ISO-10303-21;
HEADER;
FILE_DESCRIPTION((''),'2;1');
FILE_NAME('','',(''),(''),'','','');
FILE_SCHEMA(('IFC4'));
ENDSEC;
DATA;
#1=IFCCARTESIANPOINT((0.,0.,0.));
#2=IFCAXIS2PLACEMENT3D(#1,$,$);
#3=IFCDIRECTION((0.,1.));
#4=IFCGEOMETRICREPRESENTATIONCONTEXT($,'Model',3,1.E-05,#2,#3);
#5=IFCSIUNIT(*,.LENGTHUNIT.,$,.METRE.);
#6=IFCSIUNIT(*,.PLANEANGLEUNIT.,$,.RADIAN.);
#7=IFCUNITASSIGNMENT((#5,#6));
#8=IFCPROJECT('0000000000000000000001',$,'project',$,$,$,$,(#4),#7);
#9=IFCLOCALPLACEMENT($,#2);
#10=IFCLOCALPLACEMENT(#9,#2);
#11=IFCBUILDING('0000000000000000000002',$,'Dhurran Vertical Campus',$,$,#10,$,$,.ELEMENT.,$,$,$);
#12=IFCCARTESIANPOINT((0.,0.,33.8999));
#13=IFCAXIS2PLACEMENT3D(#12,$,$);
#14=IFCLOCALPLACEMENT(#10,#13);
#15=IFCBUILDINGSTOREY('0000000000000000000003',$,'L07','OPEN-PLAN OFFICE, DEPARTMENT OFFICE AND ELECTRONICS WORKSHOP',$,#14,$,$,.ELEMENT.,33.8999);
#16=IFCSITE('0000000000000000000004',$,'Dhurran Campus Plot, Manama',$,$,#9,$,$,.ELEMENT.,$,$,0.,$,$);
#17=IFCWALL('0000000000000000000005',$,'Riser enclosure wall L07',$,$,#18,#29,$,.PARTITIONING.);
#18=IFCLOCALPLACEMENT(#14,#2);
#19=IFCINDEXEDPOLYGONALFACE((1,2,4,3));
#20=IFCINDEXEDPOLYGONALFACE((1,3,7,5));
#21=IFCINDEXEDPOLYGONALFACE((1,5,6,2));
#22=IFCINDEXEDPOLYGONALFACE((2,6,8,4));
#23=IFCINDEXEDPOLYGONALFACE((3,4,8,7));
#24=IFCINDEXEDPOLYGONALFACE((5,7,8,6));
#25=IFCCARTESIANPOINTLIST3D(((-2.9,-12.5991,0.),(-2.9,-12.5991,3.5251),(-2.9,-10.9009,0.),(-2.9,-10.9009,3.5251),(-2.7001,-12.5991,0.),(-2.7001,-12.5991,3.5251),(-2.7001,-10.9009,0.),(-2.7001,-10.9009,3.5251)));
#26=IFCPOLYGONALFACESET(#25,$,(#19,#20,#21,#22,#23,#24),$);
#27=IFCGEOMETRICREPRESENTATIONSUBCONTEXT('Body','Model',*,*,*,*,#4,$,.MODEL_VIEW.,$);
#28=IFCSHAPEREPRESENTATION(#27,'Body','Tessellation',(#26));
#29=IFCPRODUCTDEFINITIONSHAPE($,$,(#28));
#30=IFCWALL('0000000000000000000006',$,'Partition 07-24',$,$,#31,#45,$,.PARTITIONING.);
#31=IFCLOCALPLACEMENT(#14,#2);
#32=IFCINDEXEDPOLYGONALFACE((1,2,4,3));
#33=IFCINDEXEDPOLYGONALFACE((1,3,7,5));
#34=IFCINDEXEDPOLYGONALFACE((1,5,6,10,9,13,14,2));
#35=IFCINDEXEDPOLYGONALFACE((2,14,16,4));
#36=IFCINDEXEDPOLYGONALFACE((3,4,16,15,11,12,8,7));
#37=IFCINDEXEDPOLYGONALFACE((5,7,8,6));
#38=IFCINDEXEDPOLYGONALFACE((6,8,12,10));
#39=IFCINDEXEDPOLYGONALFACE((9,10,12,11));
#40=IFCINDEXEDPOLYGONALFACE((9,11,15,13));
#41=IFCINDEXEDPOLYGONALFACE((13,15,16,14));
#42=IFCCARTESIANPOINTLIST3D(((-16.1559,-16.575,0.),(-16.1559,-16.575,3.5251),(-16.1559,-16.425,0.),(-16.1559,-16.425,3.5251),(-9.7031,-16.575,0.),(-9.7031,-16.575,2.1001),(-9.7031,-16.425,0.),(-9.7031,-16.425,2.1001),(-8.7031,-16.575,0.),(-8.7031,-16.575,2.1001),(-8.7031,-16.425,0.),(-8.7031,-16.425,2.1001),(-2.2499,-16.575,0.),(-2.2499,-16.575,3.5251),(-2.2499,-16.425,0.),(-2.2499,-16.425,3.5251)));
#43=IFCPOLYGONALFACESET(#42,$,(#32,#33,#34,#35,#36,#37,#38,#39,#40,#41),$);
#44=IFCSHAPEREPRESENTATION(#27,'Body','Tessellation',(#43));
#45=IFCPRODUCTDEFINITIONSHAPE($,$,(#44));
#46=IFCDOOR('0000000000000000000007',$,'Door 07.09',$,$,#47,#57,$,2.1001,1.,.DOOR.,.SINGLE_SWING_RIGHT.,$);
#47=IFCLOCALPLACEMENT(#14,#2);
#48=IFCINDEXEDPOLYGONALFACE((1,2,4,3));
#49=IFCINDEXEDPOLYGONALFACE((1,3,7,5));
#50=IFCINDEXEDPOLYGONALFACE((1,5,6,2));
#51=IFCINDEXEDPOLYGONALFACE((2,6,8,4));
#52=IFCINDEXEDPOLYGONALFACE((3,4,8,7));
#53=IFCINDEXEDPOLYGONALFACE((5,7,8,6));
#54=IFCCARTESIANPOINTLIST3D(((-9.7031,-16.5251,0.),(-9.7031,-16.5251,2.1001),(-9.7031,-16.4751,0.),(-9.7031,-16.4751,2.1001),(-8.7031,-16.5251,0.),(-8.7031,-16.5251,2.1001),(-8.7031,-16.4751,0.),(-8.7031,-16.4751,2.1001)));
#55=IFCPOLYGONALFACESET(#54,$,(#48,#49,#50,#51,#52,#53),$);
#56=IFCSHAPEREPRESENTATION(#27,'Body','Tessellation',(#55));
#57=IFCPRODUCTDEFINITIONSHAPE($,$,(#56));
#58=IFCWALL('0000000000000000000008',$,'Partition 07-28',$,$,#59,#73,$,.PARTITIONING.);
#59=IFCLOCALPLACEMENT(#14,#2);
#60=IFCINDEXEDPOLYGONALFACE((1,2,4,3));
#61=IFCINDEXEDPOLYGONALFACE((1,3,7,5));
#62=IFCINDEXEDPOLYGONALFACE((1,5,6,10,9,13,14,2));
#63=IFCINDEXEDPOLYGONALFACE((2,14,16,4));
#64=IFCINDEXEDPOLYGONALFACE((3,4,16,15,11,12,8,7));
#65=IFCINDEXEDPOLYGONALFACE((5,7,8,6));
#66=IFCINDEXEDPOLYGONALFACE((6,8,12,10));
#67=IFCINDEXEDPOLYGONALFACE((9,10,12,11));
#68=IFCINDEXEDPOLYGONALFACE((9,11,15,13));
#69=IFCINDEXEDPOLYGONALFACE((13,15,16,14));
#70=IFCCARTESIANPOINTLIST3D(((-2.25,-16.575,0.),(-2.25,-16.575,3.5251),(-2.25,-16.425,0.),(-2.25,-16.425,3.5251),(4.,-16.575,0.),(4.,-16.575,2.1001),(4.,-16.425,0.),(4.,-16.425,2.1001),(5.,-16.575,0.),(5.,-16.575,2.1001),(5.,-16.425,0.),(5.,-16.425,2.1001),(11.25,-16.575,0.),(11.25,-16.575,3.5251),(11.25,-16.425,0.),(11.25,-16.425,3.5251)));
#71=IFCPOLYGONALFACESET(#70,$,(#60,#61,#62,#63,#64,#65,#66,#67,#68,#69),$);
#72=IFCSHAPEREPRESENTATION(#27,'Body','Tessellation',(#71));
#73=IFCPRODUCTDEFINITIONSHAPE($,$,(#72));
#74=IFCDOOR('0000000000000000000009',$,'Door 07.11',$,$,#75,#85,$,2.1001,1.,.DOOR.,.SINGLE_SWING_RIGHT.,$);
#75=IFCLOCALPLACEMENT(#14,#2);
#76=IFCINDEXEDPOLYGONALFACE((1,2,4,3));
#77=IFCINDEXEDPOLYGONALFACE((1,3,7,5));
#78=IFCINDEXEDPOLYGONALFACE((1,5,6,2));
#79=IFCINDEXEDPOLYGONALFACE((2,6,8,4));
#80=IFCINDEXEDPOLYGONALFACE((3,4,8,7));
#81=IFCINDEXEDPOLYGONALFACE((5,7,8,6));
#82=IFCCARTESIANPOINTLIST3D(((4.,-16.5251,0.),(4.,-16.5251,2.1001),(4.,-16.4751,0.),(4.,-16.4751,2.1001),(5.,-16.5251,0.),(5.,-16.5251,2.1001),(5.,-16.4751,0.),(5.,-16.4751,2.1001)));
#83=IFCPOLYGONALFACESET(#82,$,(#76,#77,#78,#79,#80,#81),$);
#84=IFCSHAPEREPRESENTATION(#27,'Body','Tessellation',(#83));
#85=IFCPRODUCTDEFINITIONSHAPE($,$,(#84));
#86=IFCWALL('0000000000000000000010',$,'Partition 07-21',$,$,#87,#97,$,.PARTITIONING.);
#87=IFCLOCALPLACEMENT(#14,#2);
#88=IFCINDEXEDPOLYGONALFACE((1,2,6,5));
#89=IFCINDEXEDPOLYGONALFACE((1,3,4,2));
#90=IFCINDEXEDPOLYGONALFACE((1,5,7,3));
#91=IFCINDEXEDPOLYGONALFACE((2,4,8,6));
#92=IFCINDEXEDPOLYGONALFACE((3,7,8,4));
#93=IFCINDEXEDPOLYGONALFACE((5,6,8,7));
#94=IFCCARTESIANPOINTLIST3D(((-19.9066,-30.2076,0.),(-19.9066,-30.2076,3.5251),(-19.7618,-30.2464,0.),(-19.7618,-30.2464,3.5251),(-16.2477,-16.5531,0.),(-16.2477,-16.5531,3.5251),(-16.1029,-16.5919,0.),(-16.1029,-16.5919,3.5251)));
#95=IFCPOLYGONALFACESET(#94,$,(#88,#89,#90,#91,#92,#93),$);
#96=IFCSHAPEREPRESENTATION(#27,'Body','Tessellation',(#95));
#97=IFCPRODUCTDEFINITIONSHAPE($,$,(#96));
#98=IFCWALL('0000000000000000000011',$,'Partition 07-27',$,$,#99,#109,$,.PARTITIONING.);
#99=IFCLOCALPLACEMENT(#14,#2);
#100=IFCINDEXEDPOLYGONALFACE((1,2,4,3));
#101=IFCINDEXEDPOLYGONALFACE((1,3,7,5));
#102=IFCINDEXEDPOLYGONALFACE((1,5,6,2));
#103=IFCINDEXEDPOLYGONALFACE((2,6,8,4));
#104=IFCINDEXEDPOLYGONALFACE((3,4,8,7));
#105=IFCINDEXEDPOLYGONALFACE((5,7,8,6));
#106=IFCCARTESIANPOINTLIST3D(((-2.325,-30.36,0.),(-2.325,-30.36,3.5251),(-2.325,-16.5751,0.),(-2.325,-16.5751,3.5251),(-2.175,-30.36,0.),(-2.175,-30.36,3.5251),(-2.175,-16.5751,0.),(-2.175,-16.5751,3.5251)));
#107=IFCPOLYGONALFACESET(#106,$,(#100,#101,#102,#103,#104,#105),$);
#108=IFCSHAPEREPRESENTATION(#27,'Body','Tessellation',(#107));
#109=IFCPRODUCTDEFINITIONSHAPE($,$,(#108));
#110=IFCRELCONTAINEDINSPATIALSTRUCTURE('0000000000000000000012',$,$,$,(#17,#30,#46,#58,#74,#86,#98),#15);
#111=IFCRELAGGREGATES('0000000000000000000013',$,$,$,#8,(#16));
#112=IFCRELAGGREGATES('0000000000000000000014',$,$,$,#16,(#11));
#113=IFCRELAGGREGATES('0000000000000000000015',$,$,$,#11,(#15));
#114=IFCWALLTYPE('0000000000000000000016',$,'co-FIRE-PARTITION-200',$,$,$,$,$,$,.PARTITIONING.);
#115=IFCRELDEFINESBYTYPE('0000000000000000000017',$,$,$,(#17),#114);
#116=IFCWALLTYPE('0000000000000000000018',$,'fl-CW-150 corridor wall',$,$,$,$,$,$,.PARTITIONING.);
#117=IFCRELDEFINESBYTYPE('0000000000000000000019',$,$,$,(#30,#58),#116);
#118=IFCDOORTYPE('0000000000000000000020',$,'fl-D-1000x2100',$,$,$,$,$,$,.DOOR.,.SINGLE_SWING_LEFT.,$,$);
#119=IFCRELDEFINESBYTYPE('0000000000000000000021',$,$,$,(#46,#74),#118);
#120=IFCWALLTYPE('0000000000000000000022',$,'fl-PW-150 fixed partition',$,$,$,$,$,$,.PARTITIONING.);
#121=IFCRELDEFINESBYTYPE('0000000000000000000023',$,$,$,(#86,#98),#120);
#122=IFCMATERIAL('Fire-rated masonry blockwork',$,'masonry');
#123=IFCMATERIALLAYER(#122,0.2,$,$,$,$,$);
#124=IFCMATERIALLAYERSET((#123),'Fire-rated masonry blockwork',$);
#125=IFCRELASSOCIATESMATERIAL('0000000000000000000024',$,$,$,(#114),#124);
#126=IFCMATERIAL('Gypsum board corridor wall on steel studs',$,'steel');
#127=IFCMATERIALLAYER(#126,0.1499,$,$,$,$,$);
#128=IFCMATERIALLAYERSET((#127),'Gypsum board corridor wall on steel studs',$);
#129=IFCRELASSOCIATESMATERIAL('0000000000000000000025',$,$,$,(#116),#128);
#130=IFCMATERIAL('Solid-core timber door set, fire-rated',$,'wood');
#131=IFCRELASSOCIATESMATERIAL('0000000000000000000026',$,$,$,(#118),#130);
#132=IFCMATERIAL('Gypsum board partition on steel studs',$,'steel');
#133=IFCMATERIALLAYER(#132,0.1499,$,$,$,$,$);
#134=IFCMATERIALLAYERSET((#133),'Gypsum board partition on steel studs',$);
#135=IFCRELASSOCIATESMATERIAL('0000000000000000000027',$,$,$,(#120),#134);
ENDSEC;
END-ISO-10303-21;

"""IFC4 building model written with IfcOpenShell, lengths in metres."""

from ifc_helpers import new_model, si_unit, direction, frame, frame_2d, origin, place, context, subcontext, project, spatial, rectangle, extrude, material, layer, layer_set, type_object, element, fill, save


model = new_model("IFC4")

# Units and contexts
model_context = context("Model", 3, precision=1e-05, world=origin(), true_north=direction((0.0, 1.0)))
body_context = subcontext(model_context, "Body", "Model", "MODEL_VIEW")
ifc_project = project(units=[si_unit("LENGTHUNIT", "METRE"), si_unit("PLANEANGLEUNIT", "RADIAN")], contexts=[model_context])

# Site, building, storey
site_placement = place(None, origin())
site = spatial("IfcSite", under=ifc_project, at=site_placement, Name="Dhurran Campus Plot, Manama", CompositionType="ELEMENT", RefElevation=0.0)
building_placement = place(site_placement, origin())
building = spatial("IfcBuilding", under=site, at=building_placement, Name="Dhurran Vertical Campus", CompositionType="ELEMENT")
storey_placement = place(building_placement, frame((0.0, 0.0, 33.8999)))
storey = spatial("IfcBuildingStorey", under=building, at=storey_placement, Name="L07", Description="OPEN-PLAN OFFICE, DEPARTMENT OFFICE AND ELECTRONICS WORKSHOP", CompositionType="ELEMENT", Elevation=33.8999)

# Shared definitions
ifc_material_1 = material(Name="Fire-rated masonry blockwork", Category="masonry")
ifc_layer_1 = layer(ifc_material_1, 0.2)
ifc_layer_set_1 = layer_set([ifc_layer_1], Name="Fire-rated masonry blockwork")
wall_type_1 = type_object("IfcWallType", Name="co-FIRE-PARTITION-200", PredefinedType="PARTITIONING", material=ifc_layer_set_1)

# Wall
wall_1_placement = place(storey_placement, frame((-2.8, -12.5991, 0.0), z_axis=(0.0, 0.0, 1.0), x_axis=(0.0, 1.0, 0.0)))
element("IfcWall", 1, at=wall_1_placement, inside=storey, type_object=wall_type_1, Name="Riser enclosure wall L07", PredefinedType="PARTITIONING", context=body_context, shape_type="SweptSolid", body=[
    extrude(rectangle(XDim=1.6982, YDim=0.2, at=frame_2d((0.8491, 0.0))), origin(), (0.0, 0.0, 1.0), 3.5251),
])

# Walls, openings, doors
ifc_material_2 = material(Name="Gypsum board corridor wall on steel studs", Category="steel")
ifc_layer_2 = layer(ifc_material_2, 0.1499)
ifc_layer_set_2 = layer_set([ifc_layer_2], Name="Gypsum board corridor wall on steel studs")
wall_type_2 = type_object("IfcWallType", Name="fl-CW-150 corridor wall", PredefinedType="PARTITIONING", material=ifc_layer_set_2)
wall_2_placement = place(storey_placement, frame((-16.156, -16.5, 0.0), z_axis=(0.0, 0.0, 1.0), x_axis=(1.0, 0.0, 0.0)))
wall_2 = element("IfcWall", 2, at=wall_2_placement, inside=storey, type_object=wall_type_2, Name="Partition 07-24", PredefinedType="PARTITIONING", context=body_context, shape_type="SweptSolid", body=[
    extrude(rectangle(XDim=13.906, YDim=0.1499, at=frame_2d((6.9531, 0.0))), origin(), (0.0, 0.0, 1.0), 3.5251),
])
opening_1_placement = place(wall_2_placement, frame((6.4529, 0.0, 0.0)))
opening_1 = element("IfcOpeningElement", 3, at=opening_1_placement, cuts=wall_2, PredefinedType="OPENING", context=body_context, shape_type="SweptSolid", body=[
    extrude(rectangle(XDim=1.0, YDim=2.1001, at=frame_2d((0.5, 1.05))), frame((0.0, 0.085, 0.0), z_axis=(0.0, -1.0, 0.0), x_axis=(1.0, 0.0, 0.0)), (0.0, 0.0, 1.0), 0.1699),
])
ifc_material_3 = material(Name="Solid-core timber door set, fire-rated", Category="wood")
door_type_1 = type_object("IfcDoorType", Name="fl-D-1000x2100", OperationType="SINGLE_SWING_LEFT", PredefinedType="DOOR", material=ifc_material_3)
door_1_placement = place(opening_1_placement, origin())
door_1 = element("IfcDoor", 4, at=door_1_placement, inside=storey, type_object=door_type_1, Name="Door 07.09", OperationType="SINGLE_SWING_RIGHT", OverallHeight=2.1001, OverallWidth=1.0, PredefinedType="DOOR", context=body_context, shape_type="SweptSolid", body=[
    extrude(rectangle(XDim=1.0, YDim=2.1001, at=frame_2d((0.5, 1.05))), frame((0.0, 0.0249, 0.0), z_axis=(0.0, -1.0, 0.0), x_axis=(1.0, 0.0, 0.0)), (0.0, 0.0, 1.0), 0.05),
])
fill(opening_1, door_1)
wall_3_placement = place(storey_placement, frame((-2.25, -16.5, 0.0), z_axis=(0.0, 0.0, 1.0), x_axis=(1.0, 0.0, 0.0)))
wall_3 = element("IfcWall", 5, at=wall_3_placement, inside=storey, type_object=wall_type_2, Name="Partition 07-28", PredefinedType="PARTITIONING", context=body_context, shape_type="SweptSolid", body=[
    extrude(rectangle(XDim=13.5, YDim=0.1499, at=frame_2d((6.75, 0.0))), origin(), (0.0, 0.0, 1.0), 3.5251),
])
opening_2_placement = place(wall_3_placement, frame((6.25, 0.0, 0.0)))
opening_2 = element("IfcOpeningElement", 6, at=opening_2_placement, cuts=wall_3, PredefinedType="OPENING", context=body_context, shape_type="SweptSolid", body=[
    extrude(rectangle(XDim=1.0, YDim=2.1001, at=frame_2d((0.5, 1.05))), frame((0.0, 0.085, 0.0), z_axis=(0.0, -1.0, 0.0), x_axis=(1.0, 0.0, 0.0)), (0.0, 0.0, 1.0), 0.1699),
])
door_2_placement = place(opening_2_placement, origin())
door_2 = element("IfcDoor", 7, at=door_2_placement, inside=storey, type_object=door_type_1, Name="Door 07.11", OperationType="SINGLE_SWING_RIGHT", OverallHeight=2.1001, OverallWidth=1.0, PredefinedType="DOOR", context=body_context, shape_type="SweptSolid", body=[
    extrude(rectangle(XDim=1.0, YDim=2.1001, at=frame_2d((0.5, 1.05))), frame((0.0, 0.0249, 0.0), z_axis=(0.0, -1.0, 0.0), x_axis=(1.0, 0.0, 0.0)), (0.0, 0.0, 1.0), 0.05),
])
fill(opening_2, door_2)

# Walls
ifc_material_4 = material(Name="Gypsum board partition on steel studs", Category="steel")
ifc_layer_3 = layer(ifc_material_4, 0.1499)
ifc_layer_set_3 = layer_set([ifc_layer_3], Name="Gypsum board partition on steel studs")
wall_type_3 = type_object("IfcWallType", Name="fl-PW-150 fixed partition", PredefinedType="PARTITIONING", material=ifc_layer_set_3)
wall_4_placement = place(storey_placement, frame((-16.1753, -16.5725, 0.0), z_axis=(0.0, 0.0, 1.0), x_axis=(-0.258833, -0.965922, 0.0)))
element("IfcWall", 8, at=wall_4_placement, inside=storey, type_object=wall_type_3, Name="Partition 07-21", PredefinedType="PARTITIONING", context=body_context, shape_type="SweptSolid", body=[
    extrude(rectangle(XDim=14.1362, YDim=0.1499, at=frame_2d((7.0681, 0.0))), origin(), (0.0, 0.0, 1.0), 3.5251),
])
wall_5_placement = place(storey_placement, frame((-2.25, -16.575, 0.0), z_axis=(0.0, 0.0, 1.0), x_axis=(0.0, -1.0, 0.0)))
element("IfcWall", 9, at=wall_5_placement, inside=storey, type_object=wall_type_3, Name="Partition 07-27", PredefinedType="PARTITIONING", context=body_context, shape_type="SweptSolid", body=[
    extrude(rectangle(XDim=13.7849, YDim=0.1499, at=frame_2d((6.8926, 0.0))), origin(), (0.0, 0.0, 1.0), 3.5251),
])

save(model, "model.ifc")
